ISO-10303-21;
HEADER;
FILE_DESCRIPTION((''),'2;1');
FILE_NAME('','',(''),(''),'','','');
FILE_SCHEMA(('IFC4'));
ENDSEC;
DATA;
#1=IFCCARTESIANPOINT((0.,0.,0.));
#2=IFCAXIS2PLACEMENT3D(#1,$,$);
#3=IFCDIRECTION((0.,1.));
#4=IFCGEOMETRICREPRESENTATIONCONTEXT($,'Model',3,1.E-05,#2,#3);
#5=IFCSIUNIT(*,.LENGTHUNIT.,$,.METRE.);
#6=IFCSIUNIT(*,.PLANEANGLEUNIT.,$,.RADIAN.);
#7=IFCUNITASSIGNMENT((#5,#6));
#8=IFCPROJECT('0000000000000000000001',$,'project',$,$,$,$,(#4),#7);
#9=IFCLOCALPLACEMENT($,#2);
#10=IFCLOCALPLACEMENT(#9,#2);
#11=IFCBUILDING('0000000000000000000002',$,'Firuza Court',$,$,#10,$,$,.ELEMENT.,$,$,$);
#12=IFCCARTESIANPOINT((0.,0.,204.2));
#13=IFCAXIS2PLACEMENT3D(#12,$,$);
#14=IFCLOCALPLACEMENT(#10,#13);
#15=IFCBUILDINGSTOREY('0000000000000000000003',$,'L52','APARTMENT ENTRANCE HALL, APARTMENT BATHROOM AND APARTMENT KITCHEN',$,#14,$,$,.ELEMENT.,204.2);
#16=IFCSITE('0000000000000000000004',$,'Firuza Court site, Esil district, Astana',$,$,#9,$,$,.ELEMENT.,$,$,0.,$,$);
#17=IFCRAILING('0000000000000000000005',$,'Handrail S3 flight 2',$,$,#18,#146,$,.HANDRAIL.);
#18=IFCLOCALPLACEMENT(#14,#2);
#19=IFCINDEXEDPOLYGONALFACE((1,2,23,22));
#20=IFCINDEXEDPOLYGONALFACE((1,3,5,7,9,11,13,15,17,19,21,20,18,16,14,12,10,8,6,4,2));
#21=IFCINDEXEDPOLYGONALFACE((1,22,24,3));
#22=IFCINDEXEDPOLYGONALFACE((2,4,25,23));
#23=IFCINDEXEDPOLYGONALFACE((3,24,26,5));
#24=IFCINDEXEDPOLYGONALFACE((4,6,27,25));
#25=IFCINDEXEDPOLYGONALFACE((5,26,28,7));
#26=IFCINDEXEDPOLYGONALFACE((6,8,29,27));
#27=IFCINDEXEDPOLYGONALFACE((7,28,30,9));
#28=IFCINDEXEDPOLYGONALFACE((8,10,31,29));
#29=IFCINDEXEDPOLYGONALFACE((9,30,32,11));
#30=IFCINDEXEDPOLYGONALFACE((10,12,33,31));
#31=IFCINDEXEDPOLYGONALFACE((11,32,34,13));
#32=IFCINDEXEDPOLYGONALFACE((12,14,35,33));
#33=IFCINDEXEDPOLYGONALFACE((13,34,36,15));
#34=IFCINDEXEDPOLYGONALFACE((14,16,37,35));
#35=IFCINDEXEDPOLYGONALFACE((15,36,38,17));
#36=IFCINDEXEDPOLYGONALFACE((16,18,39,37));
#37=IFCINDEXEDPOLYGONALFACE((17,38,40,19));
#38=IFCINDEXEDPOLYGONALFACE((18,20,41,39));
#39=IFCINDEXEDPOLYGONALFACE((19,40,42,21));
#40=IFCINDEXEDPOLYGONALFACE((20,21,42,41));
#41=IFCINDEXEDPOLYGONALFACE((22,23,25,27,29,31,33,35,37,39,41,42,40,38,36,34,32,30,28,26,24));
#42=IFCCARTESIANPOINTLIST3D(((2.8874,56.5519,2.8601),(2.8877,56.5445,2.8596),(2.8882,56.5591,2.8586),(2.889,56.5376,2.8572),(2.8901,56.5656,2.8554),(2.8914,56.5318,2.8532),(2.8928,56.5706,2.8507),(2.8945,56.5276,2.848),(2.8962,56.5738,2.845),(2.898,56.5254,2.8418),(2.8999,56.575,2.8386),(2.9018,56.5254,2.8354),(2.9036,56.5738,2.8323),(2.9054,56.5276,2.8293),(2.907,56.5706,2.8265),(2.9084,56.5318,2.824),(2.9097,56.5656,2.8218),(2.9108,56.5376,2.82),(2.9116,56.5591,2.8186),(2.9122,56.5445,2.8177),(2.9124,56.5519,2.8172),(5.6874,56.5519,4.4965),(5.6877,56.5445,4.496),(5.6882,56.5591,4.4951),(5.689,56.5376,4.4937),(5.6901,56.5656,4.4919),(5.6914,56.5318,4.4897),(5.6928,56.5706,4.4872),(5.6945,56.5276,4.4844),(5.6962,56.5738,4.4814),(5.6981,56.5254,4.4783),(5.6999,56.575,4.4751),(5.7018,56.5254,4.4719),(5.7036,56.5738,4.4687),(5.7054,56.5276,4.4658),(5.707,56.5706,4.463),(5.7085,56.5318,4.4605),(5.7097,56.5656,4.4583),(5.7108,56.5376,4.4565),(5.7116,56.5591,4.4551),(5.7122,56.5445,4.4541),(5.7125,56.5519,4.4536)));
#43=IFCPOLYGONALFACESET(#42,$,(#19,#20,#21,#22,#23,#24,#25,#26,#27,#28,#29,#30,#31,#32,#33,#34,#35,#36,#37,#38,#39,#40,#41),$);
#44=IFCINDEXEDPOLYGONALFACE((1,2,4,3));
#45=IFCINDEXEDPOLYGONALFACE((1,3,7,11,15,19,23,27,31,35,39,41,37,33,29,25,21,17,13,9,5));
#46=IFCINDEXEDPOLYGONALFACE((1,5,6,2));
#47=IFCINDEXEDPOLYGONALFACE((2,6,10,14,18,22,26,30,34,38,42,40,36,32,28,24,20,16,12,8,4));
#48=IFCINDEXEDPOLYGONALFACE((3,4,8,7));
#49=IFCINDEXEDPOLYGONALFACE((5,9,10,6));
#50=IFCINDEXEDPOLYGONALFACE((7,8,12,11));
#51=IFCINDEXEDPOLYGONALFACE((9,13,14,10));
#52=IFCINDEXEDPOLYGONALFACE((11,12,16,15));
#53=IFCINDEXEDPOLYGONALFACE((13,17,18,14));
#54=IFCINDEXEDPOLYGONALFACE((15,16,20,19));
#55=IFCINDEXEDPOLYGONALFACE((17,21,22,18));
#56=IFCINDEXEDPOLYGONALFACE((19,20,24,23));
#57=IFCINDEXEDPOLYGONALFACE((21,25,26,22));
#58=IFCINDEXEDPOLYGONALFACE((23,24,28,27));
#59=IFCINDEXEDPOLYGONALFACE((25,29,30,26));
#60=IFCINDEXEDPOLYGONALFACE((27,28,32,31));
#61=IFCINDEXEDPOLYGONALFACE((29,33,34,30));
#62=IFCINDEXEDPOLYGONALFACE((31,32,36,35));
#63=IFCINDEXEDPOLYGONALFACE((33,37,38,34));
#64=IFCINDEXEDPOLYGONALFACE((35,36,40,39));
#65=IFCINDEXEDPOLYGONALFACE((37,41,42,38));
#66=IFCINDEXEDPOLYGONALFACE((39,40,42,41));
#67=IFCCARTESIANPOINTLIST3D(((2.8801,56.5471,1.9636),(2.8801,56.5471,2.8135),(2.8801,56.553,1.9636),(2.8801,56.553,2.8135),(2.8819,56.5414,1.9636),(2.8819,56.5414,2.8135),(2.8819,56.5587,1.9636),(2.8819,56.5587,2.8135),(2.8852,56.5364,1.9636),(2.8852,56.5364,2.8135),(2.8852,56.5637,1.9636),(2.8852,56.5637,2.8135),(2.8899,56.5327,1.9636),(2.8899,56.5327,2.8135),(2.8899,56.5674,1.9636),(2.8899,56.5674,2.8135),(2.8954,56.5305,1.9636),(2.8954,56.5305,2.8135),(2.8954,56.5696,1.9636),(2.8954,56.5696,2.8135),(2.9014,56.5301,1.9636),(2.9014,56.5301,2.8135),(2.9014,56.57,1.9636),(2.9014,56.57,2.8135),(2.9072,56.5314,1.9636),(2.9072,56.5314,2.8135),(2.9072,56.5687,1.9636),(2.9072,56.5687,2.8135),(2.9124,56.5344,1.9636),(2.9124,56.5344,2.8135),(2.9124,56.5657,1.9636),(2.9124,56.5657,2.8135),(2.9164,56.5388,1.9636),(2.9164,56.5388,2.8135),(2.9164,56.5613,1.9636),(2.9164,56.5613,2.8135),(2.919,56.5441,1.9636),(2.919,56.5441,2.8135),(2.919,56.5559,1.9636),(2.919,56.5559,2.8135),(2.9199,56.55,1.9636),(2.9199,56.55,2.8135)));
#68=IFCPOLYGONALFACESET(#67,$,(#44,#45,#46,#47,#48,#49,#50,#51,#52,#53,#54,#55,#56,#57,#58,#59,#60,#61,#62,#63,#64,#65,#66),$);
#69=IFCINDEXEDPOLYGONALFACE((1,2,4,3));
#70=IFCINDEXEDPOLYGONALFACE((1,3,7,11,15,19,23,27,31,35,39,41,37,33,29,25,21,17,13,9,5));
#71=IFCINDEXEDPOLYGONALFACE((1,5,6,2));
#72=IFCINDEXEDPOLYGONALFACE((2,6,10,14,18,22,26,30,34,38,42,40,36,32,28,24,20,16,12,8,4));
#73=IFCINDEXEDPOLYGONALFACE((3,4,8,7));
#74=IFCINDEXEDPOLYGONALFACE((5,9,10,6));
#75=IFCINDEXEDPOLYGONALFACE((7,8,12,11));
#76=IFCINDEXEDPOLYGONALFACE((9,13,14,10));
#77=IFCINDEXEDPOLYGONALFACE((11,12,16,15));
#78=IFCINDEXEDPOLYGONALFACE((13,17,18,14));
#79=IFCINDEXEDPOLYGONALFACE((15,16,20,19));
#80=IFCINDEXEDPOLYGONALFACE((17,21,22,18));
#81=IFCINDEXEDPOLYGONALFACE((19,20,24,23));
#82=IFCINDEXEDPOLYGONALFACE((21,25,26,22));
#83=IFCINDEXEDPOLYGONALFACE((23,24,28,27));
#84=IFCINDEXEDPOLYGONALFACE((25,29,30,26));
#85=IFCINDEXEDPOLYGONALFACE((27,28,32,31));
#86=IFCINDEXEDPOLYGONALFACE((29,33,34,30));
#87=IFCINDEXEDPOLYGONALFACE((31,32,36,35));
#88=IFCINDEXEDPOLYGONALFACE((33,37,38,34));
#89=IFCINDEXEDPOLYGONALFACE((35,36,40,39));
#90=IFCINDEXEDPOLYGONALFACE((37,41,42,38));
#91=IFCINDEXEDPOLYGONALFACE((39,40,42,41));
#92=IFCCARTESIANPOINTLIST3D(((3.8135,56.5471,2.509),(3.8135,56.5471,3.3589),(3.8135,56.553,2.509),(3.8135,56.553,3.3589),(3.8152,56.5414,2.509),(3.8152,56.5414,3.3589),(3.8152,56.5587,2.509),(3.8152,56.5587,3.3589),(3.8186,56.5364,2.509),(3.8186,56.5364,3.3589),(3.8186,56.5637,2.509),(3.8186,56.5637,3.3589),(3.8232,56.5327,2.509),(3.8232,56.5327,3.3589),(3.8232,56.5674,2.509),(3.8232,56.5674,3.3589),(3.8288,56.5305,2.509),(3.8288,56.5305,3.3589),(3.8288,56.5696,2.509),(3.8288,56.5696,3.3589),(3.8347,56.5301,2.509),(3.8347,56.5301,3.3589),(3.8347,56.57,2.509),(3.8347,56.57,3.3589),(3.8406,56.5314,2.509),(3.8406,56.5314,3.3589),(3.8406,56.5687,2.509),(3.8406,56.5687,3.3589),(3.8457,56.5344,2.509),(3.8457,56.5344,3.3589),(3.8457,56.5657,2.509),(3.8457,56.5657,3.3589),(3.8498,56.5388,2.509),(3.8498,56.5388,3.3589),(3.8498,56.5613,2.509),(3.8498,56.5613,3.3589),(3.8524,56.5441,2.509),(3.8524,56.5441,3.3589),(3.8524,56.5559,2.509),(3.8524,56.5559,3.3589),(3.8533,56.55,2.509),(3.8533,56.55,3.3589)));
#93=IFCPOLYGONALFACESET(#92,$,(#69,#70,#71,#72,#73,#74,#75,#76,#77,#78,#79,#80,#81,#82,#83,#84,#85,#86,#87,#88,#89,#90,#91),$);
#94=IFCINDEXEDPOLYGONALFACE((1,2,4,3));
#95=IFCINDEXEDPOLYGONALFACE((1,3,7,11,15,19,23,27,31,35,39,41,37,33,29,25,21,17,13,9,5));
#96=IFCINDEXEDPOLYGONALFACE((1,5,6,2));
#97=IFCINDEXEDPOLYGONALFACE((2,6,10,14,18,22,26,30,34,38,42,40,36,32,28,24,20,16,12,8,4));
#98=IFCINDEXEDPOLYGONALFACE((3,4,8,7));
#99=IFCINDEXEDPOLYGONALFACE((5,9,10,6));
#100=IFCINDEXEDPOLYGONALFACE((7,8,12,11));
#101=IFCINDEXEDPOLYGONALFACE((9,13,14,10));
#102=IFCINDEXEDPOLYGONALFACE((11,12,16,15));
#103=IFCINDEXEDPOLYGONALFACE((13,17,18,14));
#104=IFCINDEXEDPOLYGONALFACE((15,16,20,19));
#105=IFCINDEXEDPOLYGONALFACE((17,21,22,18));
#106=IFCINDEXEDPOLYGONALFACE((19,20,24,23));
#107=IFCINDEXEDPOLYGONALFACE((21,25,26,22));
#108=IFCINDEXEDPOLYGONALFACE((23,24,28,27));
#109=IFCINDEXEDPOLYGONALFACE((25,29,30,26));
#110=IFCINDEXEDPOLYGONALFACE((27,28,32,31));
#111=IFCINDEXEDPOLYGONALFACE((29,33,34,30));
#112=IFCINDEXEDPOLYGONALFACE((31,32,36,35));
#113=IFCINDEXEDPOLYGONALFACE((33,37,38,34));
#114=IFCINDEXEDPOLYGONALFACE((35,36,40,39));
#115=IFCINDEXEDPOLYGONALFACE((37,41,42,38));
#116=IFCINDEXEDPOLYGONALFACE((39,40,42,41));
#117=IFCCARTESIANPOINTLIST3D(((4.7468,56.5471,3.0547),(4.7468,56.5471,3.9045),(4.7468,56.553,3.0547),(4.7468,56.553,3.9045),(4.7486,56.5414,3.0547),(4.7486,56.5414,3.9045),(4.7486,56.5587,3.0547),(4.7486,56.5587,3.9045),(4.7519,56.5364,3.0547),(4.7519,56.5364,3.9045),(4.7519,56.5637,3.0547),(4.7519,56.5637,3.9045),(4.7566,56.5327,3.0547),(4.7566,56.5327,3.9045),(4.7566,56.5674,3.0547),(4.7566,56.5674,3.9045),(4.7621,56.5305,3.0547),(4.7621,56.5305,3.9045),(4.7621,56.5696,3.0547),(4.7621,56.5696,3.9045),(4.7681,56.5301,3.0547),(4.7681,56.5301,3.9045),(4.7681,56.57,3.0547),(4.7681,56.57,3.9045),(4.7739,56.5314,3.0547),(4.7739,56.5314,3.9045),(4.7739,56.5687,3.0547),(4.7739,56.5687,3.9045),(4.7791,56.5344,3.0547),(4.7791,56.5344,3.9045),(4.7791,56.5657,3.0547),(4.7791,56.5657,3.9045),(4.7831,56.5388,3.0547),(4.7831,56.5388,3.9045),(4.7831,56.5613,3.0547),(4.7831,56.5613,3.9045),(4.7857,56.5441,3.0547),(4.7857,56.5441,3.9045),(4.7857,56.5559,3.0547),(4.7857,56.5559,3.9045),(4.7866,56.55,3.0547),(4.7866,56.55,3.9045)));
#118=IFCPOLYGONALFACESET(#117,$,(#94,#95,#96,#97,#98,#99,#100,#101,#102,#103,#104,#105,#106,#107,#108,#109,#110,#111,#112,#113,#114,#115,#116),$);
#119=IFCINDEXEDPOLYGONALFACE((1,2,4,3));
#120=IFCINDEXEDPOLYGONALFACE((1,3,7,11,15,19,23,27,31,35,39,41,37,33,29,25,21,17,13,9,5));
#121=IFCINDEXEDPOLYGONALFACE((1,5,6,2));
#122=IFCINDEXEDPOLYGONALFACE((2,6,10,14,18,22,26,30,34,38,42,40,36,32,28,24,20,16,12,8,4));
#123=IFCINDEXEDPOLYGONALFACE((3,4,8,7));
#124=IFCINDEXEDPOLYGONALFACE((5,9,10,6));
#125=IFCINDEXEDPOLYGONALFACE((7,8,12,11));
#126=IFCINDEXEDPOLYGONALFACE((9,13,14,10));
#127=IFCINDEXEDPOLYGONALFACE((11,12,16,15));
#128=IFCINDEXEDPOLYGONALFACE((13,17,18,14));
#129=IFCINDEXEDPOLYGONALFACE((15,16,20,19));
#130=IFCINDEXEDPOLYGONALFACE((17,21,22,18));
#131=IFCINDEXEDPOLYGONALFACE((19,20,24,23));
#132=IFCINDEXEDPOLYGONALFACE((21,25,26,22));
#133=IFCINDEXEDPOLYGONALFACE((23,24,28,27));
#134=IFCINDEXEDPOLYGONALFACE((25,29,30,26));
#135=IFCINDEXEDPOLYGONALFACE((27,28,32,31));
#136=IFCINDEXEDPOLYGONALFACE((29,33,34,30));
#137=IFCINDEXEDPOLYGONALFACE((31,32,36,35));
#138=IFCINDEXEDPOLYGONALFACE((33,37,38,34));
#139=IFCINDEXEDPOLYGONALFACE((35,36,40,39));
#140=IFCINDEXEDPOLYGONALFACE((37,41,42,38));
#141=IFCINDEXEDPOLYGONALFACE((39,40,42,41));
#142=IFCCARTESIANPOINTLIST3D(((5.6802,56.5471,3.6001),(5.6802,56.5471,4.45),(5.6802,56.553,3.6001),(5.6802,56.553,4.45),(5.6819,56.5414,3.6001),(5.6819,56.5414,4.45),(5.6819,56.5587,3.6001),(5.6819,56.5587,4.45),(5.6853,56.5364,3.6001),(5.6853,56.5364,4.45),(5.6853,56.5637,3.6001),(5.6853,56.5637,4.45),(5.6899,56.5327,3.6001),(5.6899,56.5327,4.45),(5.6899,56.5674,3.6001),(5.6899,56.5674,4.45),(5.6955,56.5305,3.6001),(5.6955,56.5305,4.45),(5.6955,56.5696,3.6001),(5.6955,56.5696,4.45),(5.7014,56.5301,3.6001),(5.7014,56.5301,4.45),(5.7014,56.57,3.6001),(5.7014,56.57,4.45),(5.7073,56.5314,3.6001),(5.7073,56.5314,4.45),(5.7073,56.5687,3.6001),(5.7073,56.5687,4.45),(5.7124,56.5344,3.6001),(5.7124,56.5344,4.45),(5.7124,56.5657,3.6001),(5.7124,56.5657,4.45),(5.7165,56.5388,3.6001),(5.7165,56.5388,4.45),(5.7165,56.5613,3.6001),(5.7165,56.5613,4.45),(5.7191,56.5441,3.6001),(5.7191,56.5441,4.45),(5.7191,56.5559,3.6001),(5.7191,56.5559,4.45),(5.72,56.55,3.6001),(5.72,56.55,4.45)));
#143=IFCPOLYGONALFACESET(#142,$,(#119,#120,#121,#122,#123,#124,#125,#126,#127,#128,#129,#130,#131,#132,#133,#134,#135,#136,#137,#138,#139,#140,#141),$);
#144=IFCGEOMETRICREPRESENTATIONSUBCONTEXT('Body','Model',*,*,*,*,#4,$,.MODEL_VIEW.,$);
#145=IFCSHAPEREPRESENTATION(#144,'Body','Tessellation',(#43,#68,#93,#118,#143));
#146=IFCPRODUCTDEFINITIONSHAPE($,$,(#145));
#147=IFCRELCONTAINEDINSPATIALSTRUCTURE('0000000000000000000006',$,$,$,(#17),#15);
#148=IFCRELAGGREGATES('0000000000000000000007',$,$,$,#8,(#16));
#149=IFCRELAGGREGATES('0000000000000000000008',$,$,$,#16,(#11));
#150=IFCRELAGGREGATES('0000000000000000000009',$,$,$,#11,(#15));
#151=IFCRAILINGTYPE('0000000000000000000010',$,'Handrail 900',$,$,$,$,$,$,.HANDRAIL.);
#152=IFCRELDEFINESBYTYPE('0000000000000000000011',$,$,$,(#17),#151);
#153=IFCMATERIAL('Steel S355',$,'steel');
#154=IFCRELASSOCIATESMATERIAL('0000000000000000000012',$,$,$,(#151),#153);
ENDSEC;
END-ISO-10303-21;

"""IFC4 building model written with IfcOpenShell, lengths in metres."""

from ifc_helpers import new_model, si_unit, direction, frame, origin, origin_2d, place, context, subcontext, project, spatial, circle, extrude, material, type_object, element, save


model = new_model("IFC4")

# Units and contexts
model_context = context("Model", 3, precision=1e-05, world=origin(), true_north=direction((0.0, 1.0)))
body_context = subcontext(model_context, "Body", "Model", "MODEL_VIEW")
ifc_project = project(units=[si_unit("LENGTHUNIT", "METRE"), si_unit("PLANEANGLEUNIT", "RADIAN")], contexts=[model_context])

# Site, building, storey
site_placement = place(None, origin())
site = spatial("IfcSite", under=ifc_project, at=site_placement, Name="Firuza Court site, Esil district, Astana", CompositionType="ELEMENT", RefElevation=0.0)
building_placement = place(site_placement, origin())
building = spatial("IfcBuilding", under=site, at=building_placement, Name="Firuza Court", CompositionType="ELEMENT")
storey_placement = place(building_placement, frame((0.0, 0.0, 204.2)))
storey = spatial("IfcBuildingStorey", under=building, at=storey_placement, Name="L52", Description="APARTMENT ENTRANCE HALL, APARTMENT BATHROOM AND APARTMENT KITCHEN", CompositionType="ELEMENT", Elevation=204.2)

# Railing
ifc_material_1 = material(Name="Steel S355", Category="steel")
railing_type_1 = type_object("IfcRailingType", Name="Handrail 900", PredefinedType="HANDRAIL", material=ifc_material_1)
railing_1_placement = place(storey_placement, frame((2.8999, 56.55, 1.9636)))
element("IfcRailing", 1, at=railing_1_placement, inside=storey, type_object=railing_type_1, Name="Handrail S3 flight 2", PredefinedType="HANDRAIL", context=body_context, shape_type="SweptSolid", body=[
    extrude(circle(Radius=0.0249, at=origin_2d()), frame((0.0, 0.0, 0.875), z_axis=(0.863361, 0.0, 0.504587), x_axis=(0.0, 1.0, 0.0)), (0.0, 0.0, 1.0), 3.2432),
    extrude(circle(Radius=0.02, at=origin_2d()), origin(), (0.0, 0.0, 1.0), 0.8499),
    extrude(circle(Radius=0.02, at=origin_2d()), frame((0.9333, 0.0, 0.5454)), (0.0, 0.0, 1.0), 0.8499),
    extrude(circle(Radius=0.02, at=origin_2d()), frame((1.8667, 0.0, 1.0911)), (0.0, 0.0, 1.0), 0.8499),
    extrude(circle(Radius=0.02, at=origin_2d()), frame((2.8, 0.0, 1.6365)), (0.0, 0.0, 1.0), 0.8499),
])

save(model, "model.ifc")
